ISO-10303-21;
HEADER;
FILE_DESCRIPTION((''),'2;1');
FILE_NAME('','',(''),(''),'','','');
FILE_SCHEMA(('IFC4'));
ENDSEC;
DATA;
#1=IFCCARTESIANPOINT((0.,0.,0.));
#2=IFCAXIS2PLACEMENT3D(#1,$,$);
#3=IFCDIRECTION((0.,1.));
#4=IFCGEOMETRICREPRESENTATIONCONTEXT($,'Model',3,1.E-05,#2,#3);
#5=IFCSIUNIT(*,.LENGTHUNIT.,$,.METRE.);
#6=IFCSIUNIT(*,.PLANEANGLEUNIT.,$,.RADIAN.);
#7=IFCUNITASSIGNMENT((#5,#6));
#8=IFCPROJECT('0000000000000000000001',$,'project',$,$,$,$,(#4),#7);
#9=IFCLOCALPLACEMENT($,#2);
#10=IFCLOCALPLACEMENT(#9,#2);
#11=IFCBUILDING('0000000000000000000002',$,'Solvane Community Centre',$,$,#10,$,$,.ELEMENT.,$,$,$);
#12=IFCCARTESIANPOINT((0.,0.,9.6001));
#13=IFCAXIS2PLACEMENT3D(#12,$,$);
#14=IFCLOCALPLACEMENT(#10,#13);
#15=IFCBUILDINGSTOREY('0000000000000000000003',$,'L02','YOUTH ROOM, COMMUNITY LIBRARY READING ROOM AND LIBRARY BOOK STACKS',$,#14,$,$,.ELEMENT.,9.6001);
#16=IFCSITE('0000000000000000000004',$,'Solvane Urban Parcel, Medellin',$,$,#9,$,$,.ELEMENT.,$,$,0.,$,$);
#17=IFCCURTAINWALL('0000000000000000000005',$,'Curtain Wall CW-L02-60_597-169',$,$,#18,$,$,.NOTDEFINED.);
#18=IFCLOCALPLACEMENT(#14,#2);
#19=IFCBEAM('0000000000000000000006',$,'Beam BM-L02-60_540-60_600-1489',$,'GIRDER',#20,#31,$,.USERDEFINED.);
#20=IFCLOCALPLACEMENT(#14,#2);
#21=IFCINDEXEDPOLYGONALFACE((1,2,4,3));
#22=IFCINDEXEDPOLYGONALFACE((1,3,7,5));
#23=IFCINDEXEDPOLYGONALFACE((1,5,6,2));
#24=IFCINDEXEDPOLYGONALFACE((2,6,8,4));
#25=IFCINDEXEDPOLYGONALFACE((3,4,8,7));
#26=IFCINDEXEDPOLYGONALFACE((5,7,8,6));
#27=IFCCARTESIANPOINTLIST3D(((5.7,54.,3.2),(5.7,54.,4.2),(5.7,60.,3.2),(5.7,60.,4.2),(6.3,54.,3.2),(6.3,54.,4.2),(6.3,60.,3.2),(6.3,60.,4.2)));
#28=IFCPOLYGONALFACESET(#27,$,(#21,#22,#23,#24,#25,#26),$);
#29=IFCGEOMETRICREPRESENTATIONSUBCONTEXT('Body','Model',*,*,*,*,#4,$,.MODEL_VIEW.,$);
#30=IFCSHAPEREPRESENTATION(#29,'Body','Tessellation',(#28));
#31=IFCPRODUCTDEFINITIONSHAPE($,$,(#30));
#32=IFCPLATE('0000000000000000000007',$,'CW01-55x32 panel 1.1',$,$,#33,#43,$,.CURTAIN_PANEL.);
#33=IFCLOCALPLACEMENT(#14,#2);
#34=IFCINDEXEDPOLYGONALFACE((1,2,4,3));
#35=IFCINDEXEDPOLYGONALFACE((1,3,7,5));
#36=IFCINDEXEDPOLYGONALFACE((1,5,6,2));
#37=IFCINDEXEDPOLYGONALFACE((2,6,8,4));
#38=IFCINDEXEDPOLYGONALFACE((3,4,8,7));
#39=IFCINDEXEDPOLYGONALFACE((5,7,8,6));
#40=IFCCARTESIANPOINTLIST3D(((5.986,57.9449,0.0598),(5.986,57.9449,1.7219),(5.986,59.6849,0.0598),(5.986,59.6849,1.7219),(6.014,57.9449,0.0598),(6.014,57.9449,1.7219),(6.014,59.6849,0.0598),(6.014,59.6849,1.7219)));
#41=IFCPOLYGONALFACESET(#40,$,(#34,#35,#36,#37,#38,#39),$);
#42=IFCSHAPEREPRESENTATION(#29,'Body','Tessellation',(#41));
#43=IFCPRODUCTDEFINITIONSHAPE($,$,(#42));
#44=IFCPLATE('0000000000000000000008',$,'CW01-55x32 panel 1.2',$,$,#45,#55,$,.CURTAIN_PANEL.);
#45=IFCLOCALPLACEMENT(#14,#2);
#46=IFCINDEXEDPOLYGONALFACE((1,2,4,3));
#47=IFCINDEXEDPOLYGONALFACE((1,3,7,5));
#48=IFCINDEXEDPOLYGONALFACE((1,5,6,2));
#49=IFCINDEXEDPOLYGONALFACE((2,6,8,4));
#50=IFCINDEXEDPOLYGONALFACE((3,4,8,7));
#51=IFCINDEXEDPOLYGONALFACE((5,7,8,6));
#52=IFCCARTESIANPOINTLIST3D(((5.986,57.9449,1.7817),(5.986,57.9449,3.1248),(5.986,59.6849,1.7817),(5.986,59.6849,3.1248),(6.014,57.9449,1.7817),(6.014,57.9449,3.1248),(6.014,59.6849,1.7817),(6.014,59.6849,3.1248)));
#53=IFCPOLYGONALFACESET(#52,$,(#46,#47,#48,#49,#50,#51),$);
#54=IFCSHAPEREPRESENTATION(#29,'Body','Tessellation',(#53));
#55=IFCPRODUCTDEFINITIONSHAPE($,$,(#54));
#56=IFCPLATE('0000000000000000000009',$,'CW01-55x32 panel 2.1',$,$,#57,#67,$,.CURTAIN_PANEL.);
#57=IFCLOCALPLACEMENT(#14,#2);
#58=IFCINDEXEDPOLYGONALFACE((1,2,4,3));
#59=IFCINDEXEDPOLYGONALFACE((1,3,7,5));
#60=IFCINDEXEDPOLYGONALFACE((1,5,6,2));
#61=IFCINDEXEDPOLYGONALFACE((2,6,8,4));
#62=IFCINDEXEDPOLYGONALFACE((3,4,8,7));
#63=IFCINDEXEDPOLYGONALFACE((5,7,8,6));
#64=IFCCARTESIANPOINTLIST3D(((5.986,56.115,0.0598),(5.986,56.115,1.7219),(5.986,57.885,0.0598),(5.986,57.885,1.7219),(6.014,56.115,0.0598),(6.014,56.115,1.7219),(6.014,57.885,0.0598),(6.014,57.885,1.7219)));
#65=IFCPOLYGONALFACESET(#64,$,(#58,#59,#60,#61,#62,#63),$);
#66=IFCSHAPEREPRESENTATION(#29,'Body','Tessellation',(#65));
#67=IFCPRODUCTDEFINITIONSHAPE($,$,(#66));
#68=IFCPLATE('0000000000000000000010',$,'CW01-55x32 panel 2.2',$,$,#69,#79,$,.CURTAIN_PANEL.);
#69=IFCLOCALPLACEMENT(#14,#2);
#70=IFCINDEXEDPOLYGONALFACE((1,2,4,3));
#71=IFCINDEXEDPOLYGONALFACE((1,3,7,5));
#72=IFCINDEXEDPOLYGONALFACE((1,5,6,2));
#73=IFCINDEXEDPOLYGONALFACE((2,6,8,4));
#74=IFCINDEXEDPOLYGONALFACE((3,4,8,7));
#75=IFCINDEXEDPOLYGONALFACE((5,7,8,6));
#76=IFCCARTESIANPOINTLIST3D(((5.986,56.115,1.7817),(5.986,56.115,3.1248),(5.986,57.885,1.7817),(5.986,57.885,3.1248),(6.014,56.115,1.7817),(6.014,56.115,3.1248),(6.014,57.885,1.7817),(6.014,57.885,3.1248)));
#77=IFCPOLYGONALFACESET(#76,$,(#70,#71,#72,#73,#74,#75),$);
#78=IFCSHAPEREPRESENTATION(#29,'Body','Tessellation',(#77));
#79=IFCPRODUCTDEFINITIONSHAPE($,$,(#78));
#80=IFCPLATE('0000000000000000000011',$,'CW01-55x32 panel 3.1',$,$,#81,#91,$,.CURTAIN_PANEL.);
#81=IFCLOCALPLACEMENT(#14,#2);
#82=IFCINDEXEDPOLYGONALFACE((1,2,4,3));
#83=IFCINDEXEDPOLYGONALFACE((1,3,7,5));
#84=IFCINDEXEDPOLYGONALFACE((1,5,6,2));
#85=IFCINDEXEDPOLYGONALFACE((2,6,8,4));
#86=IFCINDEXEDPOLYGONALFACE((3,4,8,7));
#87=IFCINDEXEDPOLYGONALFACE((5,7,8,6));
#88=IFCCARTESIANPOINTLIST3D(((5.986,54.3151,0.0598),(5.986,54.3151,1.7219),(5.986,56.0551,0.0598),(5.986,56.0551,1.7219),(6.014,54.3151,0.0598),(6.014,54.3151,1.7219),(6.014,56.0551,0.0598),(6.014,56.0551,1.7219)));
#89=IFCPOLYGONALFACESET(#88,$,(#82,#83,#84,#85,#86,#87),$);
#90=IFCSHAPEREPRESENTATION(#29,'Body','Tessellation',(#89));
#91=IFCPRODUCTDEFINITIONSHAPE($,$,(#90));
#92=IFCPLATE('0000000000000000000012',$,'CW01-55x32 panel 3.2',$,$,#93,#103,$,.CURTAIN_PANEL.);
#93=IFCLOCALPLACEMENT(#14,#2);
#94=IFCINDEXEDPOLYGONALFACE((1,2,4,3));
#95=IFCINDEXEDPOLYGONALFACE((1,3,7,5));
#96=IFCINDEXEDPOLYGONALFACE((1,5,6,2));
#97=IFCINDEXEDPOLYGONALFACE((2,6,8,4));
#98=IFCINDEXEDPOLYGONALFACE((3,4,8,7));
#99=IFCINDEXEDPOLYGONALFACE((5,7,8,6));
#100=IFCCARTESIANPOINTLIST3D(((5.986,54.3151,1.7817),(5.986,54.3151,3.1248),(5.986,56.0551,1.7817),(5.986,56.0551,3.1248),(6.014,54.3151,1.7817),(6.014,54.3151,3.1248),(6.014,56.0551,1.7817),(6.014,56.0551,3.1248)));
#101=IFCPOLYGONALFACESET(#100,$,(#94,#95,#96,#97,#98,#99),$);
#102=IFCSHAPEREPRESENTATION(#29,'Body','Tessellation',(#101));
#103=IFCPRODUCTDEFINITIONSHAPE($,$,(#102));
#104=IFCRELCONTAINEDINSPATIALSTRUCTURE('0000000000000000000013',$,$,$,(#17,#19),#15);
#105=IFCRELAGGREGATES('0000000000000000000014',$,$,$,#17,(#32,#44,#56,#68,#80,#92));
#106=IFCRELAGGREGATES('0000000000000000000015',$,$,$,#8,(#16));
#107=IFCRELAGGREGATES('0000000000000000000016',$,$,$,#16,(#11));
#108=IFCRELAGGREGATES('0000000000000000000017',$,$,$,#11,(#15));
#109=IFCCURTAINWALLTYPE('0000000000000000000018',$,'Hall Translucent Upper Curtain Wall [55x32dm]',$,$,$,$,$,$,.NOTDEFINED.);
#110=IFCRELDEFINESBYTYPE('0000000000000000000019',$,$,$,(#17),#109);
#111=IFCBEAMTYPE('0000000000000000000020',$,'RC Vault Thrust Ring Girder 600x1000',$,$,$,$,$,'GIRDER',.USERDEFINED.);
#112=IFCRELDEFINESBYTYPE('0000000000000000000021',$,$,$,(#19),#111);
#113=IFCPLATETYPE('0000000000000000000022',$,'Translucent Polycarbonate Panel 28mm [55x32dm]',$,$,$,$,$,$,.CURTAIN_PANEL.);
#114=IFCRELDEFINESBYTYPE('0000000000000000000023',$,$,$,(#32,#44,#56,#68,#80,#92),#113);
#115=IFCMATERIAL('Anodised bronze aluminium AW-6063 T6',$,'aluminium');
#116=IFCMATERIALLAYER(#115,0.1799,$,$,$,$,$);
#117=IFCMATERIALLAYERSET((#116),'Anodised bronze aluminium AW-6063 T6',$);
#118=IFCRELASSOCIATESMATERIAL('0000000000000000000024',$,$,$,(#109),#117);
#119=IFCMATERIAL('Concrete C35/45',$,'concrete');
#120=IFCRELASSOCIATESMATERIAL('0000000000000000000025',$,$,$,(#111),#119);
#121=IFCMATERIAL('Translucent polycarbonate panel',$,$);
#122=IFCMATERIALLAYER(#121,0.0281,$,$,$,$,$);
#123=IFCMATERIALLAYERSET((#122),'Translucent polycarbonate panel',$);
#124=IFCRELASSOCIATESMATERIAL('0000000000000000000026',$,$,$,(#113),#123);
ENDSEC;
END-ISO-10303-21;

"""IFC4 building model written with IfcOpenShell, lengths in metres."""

from ifc_helpers import new_model, si_unit, direction, frame, origin, origin_2d, place, context, subcontext, project, spatial, rectangle, extrude, material, layer, layer_set, material_profile, profile_set, type_object, element, aggregate, save


model = new_model("IFC4")

# Units and contexts
model_context = context("Model", 3, precision=1e-05, world=origin(), true_north=direction((0.0, 1.0)))
body_context = subcontext(model_context, "Body", "Model", "MODEL_VIEW")
ifc_project = project(units=[si_unit("LENGTHUNIT", "METRE"), si_unit("PLANEANGLEUNIT", "RADIAN")], contexts=[model_context])

# Site, building, storey
site_placement = place(None, origin())
site = spatial("IfcSite", under=ifc_project, at=site_placement, Name="Solvane Urban Parcel, Medellin", CompositionType="ELEMENT", RefElevation=0.0)
building_placement = place(site_placement, origin())
building = spatial("IfcBuilding", under=site, at=building_placement, Name="Solvane Community Centre", CompositionType="ELEMENT")
storey_placement = place(building_placement, frame((0.0, 0.0, 9.6001)))
storey = spatial("IfcBuildingStorey", under=building, at=storey_placement, Name="L02", Description="YOUTH ROOM, COMMUNITY LIBRARY READING ROOM AND LIBRARY BOOK STACKS", CompositionType="ELEMENT", Elevation=9.6001)

# Curtain wall
ifc_material_1 = material(Name="Anodised bronze aluminium AW-6063 T6", Category="aluminium")
ifc_layer_1 = layer(ifc_material_1, 0.1799)
ifc_layer_set_1 = layer_set([ifc_layer_1], Name="Anodised bronze aluminium AW-6063 T6")
curtain_wall_type = type_object("IfcCurtainWallType", Name="Hall Translucent Upper Curtain Wall [55x32dm]", PredefinedType="NOTDEFINED", material=ifc_layer_set_1)
curtain_wall_placement = place(storey_placement, origin())
curtain_wall = element("IfcCurtainWall", 1, at=curtain_wall_placement, inside=storey, type_object=curtain_wall_type, Name="Curtain Wall CW-L02-60_597-169", PredefinedType="NOTDEFINED")

# Beam
ifc_material_2 = material(Name="Concrete C35/45", Category="concrete")
ifc_material_profile_1 = material_profile(ifc_material_2, rectangle(XDim=0.6001, YDim=1.0, at=origin_2d()), Name="RC 600x1000")
ifc_profile_set_1 = profile_set([ifc_material_profile_1], Name="Concrete C35/45")
beam_type = type_object("IfcBeamType", Name="RC Vault Thrust Ring Girder 600x1000", ElementType="GIRDER", PredefinedType="USERDEFINED", material=ifc_profile_set_1)
beam_placement = place(storey_placement, frame((6.0, 54.0, 3.7), z_axis=(0.0, 1.0, 0.0), x_axis=(-1.0, 0.0, 0.0)))
element("IfcBeam", 2, at=beam_placement, inside=storey, type_object=beam_type, Name="Beam BM-L02-60_540-60_600-1489", ObjectType="GIRDER", PredefinedType="USERDEFINED", context=body_context, shape_type="SweptSolid", body=[
    extrude(rectangle(XDim=0.6001, YDim=1.0, at=origin_2d()), origin(), (0.0, 0.0, 1.0), 6.0),
])

# Plates
ifc_material_3 = material(Name="Translucent polycarbonate panel")
ifc_layer_2 = layer(ifc_material_3, 0.0281)
ifc_layer_set_2 = layer_set([ifc_layer_2], Name="Translucent polycarbonate panel")
plate_type = type_object("IfcPlateType", Name="Translucent Polycarbonate Panel 28mm [55x32dm]", PredefinedType="CURTAIN_PANEL", material=ifc_layer_set_2)
plate_1_placement = place(storey_placement, frame((6.0, 58.8149, 0.0598), z_axis=(0.0, 0.0, 1.0), x_axis=(0.0, -1.0, 0.0)))
plate_1 = element("IfcPlate", 3, at=plate_1_placement, type_object=plate_type, Name="CW01-55x32 panel 1.1", PredefinedType="CURTAIN_PANEL", context=body_context, shape_type="SweptSolid", body=[
    extrude(rectangle(XDim=1.74, YDim=0.0281, at=origin_2d()), origin(), (0.0, 0.0, 1.0), 1.6621),
])
plate_2_placement = place(storey_placement, frame((6.0, 58.8149, 1.7817), z_axis=(0.0, 0.0, 1.0), x_axis=(0.0, -1.0, 0.0)))
plate_2 = element("IfcPlate", 4, at=plate_2_placement, type_object=plate_type, Name="CW01-55x32 panel 1.2", PredefinedType="CURTAIN_PANEL", context=body_context, shape_type="SweptSolid", body=[
    extrude(rectangle(XDim=1.74, YDim=0.0281, at=origin_2d()), origin(), (0.0, 0.0, 1.0), 1.343),
])
plate_3_placement = place(storey_placement, frame((6.0, 57.0, 0.0598), z_axis=(0.0, 0.0, 1.0), x_axis=(0.0, -1.0, 0.0)))
plate_3 = element("IfcPlate", 5, at=plate_3_placement, type_object=plate_type, Name="CW01-55x32 panel 2.1", PredefinedType="CURTAIN_PANEL", context=body_context, shape_type="SweptSolid", body=[
    extrude(rectangle(XDim=1.77, YDim=0.0281, at=origin_2d()), origin(), (0.0, 0.0, 1.0), 1.6621),
])
plate_4_placement = place(storey_placement, frame((6.0, 57.0, 1.7817), z_axis=(0.0, 0.0, 1.0), x_axis=(0.0, -1.0, 0.0)))
plate_4 = element("IfcPlate", 6, at=plate_4_placement, type_object=plate_type, Name="CW01-55x32 panel 2.2", PredefinedType="CURTAIN_PANEL", context=body_context, shape_type="SweptSolid", body=[
    extrude(rectangle(XDim=1.77, YDim=0.0281, at=origin_2d()), origin(), (0.0, 0.0, 1.0), 1.343),
])
plate_5_placement = place(storey_placement, frame((6.0, 55.1851, 0.0598), z_axis=(0.0, 0.0, 1.0), x_axis=(0.0, -1.0, 0.0)))
plate_5 = element("IfcPlate", 7, at=plate_5_placement, type_object=plate_type, Name="CW01-55x32 panel 3.1", PredefinedType="CURTAIN_PANEL", context=body_context, shape_type="SweptSolid", body=[
    extrude(rectangle(XDim=1.74, YDim=0.0281, at=origin_2d()), origin(), (0.0, 0.0, 1.0), 1.6621),
])
plate_6_placement = place(storey_placement, frame((6.0, 55.1851, 1.7817), z_axis=(0.0, 0.0, 1.0), x_axis=(0.0, -1.0, 0.0)))
plate_6 = element("IfcPlate", 8, at=plate_6_placement, type_object=plate_type, Name="CW01-55x32 panel 3.2", PredefinedType="CURTAIN_PANEL", context=body_context, shape_type="SweptSolid", body=[
    extrude(rectangle(XDim=1.74, YDim=0.0281, at=origin_2d()), origin(), (0.0, 0.0, 1.0), 1.343),
])
aggregate(curtain_wall, [plate_1, plate_2, plate_3, plate_4, plate_5, plate_6])

save(model, "model.ifc")
